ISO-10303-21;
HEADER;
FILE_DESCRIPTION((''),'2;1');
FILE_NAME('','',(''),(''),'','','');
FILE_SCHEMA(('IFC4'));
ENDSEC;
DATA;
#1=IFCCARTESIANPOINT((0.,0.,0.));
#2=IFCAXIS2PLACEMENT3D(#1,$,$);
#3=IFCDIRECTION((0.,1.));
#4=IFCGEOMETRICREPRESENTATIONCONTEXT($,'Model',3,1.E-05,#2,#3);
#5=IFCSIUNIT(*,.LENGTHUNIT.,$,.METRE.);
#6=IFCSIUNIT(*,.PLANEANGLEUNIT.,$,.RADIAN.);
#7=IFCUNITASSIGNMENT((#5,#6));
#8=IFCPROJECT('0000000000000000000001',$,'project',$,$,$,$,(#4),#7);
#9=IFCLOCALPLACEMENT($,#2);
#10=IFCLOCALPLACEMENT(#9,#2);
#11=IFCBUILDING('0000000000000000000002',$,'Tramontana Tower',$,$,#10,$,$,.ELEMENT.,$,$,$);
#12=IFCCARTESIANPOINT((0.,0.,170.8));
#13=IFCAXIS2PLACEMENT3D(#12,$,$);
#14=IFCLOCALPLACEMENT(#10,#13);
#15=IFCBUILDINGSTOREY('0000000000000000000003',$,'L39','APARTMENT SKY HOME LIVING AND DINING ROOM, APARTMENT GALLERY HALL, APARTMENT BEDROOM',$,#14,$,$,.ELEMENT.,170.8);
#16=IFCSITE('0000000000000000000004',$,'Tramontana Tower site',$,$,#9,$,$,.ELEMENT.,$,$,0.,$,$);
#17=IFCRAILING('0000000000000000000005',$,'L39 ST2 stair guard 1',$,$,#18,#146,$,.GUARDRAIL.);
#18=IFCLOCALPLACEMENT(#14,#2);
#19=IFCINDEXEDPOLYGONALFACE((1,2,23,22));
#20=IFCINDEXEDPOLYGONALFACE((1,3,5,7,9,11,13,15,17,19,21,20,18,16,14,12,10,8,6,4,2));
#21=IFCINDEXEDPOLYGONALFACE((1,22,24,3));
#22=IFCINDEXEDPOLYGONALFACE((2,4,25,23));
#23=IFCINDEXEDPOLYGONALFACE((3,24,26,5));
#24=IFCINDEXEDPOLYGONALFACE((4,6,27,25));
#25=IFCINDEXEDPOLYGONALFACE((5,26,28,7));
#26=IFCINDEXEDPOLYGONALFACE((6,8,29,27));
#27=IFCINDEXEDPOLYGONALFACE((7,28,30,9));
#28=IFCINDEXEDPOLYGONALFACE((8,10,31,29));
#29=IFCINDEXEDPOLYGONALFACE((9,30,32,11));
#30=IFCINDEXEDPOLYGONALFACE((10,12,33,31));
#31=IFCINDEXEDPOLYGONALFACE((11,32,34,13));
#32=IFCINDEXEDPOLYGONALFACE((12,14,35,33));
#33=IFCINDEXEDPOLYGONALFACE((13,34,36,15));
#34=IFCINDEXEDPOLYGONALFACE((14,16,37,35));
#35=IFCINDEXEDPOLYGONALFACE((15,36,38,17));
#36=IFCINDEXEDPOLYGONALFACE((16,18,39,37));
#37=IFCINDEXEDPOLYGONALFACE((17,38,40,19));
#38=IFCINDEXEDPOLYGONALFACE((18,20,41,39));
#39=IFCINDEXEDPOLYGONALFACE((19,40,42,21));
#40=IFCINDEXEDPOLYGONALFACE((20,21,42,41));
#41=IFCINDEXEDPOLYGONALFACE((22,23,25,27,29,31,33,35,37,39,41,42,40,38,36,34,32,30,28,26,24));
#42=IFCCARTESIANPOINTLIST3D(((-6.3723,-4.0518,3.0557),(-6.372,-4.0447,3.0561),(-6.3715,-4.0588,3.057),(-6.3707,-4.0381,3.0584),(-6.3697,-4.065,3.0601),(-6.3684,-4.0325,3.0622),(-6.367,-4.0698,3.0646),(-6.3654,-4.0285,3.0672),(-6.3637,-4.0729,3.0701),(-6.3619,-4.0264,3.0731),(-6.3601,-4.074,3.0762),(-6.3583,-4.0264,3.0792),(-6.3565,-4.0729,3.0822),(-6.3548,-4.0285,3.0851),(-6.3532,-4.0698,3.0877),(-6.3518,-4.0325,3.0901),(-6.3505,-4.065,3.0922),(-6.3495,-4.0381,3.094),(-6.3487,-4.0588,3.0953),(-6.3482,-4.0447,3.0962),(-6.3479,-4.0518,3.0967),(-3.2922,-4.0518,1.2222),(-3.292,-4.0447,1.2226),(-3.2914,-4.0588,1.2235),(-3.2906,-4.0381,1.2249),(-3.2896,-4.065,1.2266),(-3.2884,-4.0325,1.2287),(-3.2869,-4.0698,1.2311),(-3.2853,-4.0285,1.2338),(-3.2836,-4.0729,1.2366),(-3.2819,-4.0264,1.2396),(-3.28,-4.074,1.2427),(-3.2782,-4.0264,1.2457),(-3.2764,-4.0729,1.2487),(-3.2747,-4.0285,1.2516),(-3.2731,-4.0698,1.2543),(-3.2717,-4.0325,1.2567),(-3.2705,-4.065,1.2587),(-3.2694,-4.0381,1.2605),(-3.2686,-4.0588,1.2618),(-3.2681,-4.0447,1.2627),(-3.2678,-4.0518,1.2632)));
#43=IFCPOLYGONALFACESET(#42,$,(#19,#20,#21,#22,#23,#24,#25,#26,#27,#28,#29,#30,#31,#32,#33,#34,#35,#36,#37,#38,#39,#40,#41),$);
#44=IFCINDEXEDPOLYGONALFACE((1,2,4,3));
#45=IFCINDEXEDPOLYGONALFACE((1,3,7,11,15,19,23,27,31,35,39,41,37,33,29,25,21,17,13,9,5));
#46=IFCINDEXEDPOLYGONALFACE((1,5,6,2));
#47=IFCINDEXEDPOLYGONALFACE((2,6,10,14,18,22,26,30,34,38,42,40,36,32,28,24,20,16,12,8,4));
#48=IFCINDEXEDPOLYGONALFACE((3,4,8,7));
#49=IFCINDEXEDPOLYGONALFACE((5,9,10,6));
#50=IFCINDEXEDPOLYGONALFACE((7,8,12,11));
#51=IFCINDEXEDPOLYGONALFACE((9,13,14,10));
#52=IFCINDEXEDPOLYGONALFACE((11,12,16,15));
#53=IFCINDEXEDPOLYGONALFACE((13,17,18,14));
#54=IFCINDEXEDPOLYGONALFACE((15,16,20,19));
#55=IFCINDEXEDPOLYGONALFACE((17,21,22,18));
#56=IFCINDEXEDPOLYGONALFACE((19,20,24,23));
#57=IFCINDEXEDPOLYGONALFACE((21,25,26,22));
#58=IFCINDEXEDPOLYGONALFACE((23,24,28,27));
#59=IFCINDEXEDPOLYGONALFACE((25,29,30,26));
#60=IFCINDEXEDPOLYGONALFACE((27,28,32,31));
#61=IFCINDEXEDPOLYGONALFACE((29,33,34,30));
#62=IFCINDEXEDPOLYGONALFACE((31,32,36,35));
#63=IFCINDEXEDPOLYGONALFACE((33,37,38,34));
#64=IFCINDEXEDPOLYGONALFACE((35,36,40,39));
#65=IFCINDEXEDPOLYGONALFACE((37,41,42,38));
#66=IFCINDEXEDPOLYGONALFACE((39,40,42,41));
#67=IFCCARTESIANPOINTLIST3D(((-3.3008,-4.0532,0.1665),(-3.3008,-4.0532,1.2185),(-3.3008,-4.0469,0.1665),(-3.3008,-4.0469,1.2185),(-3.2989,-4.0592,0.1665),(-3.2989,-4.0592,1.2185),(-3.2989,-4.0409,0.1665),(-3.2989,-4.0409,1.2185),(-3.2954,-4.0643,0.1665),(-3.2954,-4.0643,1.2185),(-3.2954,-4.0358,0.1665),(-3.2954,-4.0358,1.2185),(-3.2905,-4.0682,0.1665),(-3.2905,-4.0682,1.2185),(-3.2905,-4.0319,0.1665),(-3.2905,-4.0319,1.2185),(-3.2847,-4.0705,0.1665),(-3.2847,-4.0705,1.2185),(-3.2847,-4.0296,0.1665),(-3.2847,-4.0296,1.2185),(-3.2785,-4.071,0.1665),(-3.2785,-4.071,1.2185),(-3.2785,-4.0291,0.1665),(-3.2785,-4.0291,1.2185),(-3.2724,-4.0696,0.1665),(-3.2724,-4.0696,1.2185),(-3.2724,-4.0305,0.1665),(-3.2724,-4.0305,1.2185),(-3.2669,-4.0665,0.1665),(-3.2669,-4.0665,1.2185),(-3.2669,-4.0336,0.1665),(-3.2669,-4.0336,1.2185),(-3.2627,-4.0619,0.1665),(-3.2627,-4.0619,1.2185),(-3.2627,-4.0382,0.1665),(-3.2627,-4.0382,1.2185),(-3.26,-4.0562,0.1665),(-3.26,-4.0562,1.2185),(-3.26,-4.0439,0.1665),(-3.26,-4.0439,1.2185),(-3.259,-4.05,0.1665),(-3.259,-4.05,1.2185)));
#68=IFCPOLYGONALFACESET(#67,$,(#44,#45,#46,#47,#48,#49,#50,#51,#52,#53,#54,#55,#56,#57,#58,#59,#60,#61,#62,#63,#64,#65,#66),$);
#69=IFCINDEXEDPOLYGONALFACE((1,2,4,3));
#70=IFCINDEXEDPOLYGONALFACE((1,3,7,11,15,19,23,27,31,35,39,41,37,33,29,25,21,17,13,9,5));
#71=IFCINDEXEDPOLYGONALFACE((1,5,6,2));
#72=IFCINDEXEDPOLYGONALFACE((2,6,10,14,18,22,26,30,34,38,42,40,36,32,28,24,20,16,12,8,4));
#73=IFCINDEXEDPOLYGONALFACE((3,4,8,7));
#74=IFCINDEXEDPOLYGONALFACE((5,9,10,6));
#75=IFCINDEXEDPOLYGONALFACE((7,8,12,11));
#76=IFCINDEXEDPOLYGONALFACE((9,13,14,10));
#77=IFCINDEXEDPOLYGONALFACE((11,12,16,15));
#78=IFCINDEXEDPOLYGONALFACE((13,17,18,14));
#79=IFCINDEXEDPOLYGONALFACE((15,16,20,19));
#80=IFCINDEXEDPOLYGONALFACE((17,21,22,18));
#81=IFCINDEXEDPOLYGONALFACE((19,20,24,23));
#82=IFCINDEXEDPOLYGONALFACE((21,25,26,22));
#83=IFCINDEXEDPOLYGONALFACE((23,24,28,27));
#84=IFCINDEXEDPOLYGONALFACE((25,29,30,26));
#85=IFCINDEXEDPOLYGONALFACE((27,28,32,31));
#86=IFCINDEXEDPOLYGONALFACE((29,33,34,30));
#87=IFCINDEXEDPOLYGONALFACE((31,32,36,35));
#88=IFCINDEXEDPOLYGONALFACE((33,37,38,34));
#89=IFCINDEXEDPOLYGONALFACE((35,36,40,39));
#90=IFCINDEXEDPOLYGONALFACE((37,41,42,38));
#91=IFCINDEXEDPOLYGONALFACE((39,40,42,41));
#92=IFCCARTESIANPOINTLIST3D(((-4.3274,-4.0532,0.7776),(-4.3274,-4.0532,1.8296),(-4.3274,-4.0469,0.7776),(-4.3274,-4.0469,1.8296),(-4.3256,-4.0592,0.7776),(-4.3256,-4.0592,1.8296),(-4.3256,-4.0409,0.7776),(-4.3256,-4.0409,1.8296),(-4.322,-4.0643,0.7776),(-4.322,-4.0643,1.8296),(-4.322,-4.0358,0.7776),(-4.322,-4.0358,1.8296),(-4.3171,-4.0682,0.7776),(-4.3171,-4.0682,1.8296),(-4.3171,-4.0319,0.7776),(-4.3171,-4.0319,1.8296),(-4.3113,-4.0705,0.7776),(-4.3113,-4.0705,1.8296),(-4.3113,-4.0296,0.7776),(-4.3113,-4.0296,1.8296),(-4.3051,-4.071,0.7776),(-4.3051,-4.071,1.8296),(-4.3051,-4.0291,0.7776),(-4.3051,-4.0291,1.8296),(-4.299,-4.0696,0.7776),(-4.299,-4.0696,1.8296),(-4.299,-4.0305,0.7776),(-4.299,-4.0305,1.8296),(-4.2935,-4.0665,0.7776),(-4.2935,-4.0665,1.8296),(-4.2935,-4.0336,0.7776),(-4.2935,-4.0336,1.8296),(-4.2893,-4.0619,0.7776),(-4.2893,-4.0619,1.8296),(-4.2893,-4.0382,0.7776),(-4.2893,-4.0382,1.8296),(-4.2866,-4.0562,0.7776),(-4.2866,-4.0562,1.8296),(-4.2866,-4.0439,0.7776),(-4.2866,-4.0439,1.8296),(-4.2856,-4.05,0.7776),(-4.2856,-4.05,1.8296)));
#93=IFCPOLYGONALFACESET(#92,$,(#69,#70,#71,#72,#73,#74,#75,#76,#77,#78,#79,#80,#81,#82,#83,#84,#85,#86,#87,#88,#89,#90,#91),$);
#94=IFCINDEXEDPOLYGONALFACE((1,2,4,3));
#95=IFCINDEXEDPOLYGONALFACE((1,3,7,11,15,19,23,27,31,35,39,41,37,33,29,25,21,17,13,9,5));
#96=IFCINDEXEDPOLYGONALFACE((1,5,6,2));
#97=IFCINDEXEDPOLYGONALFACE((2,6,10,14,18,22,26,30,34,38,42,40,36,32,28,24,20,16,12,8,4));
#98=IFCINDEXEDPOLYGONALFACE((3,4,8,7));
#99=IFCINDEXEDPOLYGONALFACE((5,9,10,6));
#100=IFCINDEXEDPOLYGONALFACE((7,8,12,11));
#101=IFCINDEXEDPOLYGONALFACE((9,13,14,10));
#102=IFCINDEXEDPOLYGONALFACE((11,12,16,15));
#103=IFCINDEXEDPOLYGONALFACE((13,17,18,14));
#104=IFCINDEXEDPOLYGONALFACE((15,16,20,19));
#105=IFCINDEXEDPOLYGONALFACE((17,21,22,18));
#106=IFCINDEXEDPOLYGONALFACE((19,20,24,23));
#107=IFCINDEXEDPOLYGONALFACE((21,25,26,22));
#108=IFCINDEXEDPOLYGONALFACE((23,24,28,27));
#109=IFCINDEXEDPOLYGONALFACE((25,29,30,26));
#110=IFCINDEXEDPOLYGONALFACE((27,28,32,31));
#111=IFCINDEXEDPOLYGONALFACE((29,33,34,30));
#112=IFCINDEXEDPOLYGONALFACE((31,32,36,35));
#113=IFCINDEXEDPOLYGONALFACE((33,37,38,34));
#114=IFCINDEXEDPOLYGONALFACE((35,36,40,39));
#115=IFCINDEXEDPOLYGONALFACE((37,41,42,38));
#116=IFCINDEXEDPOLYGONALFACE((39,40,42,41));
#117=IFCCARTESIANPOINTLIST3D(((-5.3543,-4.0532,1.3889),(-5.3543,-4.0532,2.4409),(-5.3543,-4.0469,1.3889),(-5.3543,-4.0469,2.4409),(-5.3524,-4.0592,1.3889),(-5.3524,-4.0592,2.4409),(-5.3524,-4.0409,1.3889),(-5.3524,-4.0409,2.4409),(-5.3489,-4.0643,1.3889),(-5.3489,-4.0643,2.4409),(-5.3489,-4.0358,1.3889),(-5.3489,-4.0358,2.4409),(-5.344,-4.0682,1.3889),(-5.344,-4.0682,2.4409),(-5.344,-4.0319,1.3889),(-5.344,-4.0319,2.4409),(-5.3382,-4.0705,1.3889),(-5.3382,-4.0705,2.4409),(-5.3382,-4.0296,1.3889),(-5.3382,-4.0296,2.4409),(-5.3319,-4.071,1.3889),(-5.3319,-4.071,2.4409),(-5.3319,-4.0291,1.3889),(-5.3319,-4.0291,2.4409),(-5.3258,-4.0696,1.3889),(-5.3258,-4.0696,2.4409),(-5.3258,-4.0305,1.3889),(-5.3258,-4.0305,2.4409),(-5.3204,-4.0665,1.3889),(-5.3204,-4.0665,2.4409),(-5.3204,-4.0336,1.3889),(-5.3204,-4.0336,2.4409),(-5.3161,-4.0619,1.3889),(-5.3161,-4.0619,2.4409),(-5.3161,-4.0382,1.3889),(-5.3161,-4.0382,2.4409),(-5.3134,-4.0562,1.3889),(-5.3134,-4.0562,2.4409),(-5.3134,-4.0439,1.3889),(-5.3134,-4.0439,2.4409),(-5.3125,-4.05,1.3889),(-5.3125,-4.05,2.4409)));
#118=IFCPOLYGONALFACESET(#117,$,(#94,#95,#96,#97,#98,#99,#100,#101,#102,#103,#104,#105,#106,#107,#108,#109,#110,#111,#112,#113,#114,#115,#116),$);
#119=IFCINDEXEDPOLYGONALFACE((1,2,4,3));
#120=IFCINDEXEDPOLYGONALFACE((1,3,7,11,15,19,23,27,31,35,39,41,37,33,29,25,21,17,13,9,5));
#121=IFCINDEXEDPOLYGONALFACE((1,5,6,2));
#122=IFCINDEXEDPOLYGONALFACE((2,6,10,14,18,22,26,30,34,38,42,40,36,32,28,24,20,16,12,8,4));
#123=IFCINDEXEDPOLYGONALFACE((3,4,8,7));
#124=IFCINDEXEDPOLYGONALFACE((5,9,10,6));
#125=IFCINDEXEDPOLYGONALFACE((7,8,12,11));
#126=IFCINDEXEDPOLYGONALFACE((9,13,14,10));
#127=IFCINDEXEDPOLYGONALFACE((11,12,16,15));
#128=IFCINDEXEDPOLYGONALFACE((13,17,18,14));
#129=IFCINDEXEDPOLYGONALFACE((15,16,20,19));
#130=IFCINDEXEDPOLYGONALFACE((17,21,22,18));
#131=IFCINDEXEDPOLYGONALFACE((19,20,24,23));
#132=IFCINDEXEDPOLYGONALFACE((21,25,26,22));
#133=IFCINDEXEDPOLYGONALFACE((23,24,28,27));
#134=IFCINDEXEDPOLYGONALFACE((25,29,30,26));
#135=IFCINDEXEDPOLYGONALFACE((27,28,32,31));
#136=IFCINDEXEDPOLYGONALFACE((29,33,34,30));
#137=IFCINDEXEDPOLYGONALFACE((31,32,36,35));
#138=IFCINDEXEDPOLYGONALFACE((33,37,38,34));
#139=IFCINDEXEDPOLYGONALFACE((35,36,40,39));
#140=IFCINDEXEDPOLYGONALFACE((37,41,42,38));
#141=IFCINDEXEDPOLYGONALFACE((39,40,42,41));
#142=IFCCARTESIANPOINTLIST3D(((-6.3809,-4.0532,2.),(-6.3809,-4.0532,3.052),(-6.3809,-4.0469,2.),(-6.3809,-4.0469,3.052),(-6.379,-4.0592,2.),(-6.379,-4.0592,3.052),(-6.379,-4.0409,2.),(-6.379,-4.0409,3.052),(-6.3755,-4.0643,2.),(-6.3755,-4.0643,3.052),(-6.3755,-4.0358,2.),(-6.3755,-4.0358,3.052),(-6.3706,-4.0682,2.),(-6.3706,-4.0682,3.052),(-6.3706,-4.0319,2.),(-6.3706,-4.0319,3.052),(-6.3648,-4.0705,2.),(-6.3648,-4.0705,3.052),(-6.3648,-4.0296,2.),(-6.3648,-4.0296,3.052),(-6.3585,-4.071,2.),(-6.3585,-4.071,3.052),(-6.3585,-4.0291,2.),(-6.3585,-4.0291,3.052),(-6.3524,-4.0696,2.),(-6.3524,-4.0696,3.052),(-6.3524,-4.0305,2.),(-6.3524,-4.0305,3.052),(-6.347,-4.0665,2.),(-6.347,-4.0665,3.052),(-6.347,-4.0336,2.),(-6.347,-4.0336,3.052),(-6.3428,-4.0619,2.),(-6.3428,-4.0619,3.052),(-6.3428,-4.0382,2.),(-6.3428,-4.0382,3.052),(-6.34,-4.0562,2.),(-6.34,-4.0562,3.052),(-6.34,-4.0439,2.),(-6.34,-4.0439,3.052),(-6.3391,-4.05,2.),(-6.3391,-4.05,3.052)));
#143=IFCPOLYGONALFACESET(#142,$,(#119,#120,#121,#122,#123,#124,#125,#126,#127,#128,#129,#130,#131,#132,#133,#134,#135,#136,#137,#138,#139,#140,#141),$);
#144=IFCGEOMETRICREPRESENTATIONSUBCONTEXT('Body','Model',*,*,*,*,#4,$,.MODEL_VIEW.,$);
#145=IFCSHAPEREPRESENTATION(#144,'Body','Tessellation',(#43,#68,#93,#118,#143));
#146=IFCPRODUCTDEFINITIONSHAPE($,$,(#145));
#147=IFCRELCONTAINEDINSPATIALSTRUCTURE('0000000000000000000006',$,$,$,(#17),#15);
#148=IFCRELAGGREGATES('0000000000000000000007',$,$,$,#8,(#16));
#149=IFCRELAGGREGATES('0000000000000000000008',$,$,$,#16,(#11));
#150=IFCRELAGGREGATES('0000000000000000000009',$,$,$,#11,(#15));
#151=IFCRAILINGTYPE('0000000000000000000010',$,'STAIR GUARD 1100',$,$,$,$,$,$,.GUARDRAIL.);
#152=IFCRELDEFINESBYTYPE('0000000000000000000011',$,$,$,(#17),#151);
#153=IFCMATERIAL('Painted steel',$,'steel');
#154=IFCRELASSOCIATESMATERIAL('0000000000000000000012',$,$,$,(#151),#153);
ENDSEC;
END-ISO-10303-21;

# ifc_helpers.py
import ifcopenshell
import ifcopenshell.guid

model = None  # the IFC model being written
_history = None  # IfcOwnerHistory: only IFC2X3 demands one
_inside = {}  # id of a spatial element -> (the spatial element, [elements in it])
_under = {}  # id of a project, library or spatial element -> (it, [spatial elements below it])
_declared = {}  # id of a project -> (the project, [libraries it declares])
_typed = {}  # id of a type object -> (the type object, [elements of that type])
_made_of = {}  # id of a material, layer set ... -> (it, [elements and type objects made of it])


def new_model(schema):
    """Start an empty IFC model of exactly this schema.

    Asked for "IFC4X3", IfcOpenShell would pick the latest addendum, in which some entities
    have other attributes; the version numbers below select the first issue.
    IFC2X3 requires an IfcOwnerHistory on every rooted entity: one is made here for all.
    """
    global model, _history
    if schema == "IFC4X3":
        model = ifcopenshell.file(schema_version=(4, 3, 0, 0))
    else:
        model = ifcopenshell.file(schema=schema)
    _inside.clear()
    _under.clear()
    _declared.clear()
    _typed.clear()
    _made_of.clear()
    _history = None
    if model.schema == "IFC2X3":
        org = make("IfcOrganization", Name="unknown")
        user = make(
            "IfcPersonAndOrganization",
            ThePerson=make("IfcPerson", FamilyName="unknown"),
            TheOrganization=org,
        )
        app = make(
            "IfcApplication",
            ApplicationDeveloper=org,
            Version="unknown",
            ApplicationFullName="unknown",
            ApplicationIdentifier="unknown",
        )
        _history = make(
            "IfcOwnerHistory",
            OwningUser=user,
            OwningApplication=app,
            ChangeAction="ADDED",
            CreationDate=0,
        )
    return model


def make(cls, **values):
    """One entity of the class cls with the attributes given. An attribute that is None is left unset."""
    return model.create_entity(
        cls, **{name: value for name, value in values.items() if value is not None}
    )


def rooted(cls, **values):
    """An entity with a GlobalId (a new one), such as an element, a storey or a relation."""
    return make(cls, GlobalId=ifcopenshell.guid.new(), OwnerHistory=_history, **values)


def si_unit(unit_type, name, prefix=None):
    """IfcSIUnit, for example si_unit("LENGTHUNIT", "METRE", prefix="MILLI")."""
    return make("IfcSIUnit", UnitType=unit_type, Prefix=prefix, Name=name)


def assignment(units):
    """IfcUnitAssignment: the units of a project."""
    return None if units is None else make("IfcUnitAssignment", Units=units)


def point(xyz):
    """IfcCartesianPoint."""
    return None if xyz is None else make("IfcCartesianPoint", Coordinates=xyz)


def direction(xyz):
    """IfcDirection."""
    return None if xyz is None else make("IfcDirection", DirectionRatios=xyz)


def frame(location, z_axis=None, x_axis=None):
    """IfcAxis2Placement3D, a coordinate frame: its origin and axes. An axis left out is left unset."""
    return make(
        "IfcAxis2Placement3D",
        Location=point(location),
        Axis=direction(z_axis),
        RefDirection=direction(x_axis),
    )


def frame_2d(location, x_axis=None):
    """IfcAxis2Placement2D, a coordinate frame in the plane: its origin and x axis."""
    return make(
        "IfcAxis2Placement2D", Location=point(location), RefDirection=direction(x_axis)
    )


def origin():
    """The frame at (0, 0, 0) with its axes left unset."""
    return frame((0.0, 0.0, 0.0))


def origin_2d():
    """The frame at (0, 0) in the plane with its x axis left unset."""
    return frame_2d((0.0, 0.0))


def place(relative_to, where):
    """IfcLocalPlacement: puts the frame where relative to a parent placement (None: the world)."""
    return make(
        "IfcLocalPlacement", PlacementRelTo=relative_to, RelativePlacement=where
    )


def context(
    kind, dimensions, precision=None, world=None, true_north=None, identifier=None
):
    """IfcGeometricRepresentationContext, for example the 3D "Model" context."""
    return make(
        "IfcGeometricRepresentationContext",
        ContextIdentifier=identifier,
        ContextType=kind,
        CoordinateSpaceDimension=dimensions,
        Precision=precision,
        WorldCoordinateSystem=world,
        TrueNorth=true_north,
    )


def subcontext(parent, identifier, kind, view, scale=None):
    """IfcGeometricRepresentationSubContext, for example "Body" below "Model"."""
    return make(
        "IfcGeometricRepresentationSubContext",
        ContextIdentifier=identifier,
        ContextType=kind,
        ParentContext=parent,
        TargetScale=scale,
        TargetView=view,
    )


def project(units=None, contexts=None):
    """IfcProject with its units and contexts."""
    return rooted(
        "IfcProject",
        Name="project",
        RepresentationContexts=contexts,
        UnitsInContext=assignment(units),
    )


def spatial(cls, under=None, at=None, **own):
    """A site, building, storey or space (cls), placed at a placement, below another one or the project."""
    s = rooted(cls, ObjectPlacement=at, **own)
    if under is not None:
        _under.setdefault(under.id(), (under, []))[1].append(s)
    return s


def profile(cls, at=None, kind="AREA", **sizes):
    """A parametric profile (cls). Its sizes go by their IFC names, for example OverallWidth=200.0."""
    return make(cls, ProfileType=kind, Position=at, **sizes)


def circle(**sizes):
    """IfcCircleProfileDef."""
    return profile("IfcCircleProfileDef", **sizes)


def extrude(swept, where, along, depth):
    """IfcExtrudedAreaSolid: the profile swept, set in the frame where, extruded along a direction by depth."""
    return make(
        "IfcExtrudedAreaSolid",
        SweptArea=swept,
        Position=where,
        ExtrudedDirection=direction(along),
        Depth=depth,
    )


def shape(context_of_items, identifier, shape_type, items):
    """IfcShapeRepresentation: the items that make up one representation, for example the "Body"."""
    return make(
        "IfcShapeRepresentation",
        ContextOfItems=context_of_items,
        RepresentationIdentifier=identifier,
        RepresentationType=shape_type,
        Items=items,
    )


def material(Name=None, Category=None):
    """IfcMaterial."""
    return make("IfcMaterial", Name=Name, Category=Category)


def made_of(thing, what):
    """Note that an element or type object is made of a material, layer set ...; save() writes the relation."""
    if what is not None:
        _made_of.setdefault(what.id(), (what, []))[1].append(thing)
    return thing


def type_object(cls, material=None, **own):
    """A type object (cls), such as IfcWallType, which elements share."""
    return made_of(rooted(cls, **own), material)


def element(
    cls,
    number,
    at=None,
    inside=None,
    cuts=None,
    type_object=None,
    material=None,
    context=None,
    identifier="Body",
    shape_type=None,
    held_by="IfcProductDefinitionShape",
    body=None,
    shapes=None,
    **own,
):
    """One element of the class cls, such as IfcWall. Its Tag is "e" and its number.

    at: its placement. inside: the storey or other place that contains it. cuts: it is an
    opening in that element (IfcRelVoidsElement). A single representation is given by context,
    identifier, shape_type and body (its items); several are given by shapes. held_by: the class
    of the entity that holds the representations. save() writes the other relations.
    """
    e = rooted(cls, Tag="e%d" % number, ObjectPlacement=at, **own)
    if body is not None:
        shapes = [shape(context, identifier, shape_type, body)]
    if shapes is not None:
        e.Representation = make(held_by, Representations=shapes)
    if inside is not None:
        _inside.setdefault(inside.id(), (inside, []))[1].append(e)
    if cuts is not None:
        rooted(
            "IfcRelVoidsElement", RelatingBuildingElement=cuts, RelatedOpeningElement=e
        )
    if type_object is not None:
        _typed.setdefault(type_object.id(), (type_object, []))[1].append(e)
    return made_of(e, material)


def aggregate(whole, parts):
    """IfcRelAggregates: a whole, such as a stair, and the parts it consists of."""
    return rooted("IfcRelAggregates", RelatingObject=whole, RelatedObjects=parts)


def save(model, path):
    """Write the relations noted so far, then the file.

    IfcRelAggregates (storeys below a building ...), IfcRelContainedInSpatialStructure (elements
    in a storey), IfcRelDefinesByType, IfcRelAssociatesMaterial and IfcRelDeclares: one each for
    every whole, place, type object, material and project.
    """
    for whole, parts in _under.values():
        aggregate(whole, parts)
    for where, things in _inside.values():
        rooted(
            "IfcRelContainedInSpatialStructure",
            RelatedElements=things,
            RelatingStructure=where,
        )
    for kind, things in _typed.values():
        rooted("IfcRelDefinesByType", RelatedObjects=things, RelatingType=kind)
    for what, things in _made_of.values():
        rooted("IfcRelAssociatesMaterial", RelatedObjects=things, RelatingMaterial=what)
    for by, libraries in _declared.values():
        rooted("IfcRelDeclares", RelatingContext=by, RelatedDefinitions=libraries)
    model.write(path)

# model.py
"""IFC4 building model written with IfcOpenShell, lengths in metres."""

from ifc_helpers import new_model, si_unit, direction, frame, origin, origin_2d, place, context, subcontext, project, spatial, circle, extrude, material, type_object, element, save


model = new_model("IFC4")

# Units and contexts
model_context = context("Model", 3, precision=1e-05, world=origin(), true_north=direction((0.0, 1.0)))
body_context = subcontext(model_context, "Body", "Model", "MODEL_VIEW")
ifc_project = project(units=[si_unit("LENGTHUNIT", "METRE"), si_unit("PLANEANGLEUNIT", "RADIAN")], contexts=[model_context])

# Site, building, storey
site_placement = place(None, origin())
site = spatial("IfcSite", under=ifc_project, at=site_placement, Name="Tramontana Tower site", CompositionType="ELEMENT", RefElevation=0.0)
building_placement = place(site_placement, origin())
building = spatial("IfcBuilding", under=site, at=building_placement, Name="Tramontana Tower", CompositionType="ELEMENT")
storey_placement = place(building_placement, frame((0.0, 0.0, 170.8)))
storey = spatial("IfcBuildingStorey", under=building, at=storey_placement, Name="L39", Description="APARTMENT SKY HOME LIVING AND DINING ROOM, APARTMENT GALLERY HALL, APARTMENT BEDROOM", CompositionType="ELEMENT", Elevation=170.8)

# Railing
ifc_material_1 = material(Name="Painted steel", Category="steel")
railing_type_1 = type_object("IfcRailingType", Name="STAIR GUARD 1100", PredefinedType="GUARDRAIL", material=ifc_material_1)
railing_1_placement = place(storey_placement, frame((-3.28, -4.05, 0.1665)))
element("IfcRailing", 1, at=railing_1_placement, inside=storey, type_object=railing_type_1, Name="L39 ST2 stair guard 1", PredefinedType="GUARDRAIL", context=body_context, shape_type="SweptSolid", body=[
    extrude(circle(Radius=0.0239, at=origin_2d()), frame((0.0, 0.0, 1.0762), z_axis=(-0.859279, 0.0, 0.511508), x_axis=(0.0, -1.0, 0.0)), (0.0, 0.0, 1.0), 3.5845),
    extrude(circle(Radius=0.021, at=origin_2d()), origin(), (0.0, 0.0, 1.0), 1.052),
    extrude(circle(Radius=0.021, at=origin_2d()), frame((-1.0266, 0.0, 0.6111)), (0.0, 0.0, 1.0), 1.052),
    extrude(circle(Radius=0.021, at=origin_2d()), frame((-2.0535, 0.0, 1.2224)), (0.0, 0.0, 1.0), 1.052),
    extrude(circle(Radius=0.021, at=origin_2d()), frame((-3.0801, 0.0, 1.8335)), (0.0, 0.0, 1.0), 1.052),
])

save(model, "model.ifc")
